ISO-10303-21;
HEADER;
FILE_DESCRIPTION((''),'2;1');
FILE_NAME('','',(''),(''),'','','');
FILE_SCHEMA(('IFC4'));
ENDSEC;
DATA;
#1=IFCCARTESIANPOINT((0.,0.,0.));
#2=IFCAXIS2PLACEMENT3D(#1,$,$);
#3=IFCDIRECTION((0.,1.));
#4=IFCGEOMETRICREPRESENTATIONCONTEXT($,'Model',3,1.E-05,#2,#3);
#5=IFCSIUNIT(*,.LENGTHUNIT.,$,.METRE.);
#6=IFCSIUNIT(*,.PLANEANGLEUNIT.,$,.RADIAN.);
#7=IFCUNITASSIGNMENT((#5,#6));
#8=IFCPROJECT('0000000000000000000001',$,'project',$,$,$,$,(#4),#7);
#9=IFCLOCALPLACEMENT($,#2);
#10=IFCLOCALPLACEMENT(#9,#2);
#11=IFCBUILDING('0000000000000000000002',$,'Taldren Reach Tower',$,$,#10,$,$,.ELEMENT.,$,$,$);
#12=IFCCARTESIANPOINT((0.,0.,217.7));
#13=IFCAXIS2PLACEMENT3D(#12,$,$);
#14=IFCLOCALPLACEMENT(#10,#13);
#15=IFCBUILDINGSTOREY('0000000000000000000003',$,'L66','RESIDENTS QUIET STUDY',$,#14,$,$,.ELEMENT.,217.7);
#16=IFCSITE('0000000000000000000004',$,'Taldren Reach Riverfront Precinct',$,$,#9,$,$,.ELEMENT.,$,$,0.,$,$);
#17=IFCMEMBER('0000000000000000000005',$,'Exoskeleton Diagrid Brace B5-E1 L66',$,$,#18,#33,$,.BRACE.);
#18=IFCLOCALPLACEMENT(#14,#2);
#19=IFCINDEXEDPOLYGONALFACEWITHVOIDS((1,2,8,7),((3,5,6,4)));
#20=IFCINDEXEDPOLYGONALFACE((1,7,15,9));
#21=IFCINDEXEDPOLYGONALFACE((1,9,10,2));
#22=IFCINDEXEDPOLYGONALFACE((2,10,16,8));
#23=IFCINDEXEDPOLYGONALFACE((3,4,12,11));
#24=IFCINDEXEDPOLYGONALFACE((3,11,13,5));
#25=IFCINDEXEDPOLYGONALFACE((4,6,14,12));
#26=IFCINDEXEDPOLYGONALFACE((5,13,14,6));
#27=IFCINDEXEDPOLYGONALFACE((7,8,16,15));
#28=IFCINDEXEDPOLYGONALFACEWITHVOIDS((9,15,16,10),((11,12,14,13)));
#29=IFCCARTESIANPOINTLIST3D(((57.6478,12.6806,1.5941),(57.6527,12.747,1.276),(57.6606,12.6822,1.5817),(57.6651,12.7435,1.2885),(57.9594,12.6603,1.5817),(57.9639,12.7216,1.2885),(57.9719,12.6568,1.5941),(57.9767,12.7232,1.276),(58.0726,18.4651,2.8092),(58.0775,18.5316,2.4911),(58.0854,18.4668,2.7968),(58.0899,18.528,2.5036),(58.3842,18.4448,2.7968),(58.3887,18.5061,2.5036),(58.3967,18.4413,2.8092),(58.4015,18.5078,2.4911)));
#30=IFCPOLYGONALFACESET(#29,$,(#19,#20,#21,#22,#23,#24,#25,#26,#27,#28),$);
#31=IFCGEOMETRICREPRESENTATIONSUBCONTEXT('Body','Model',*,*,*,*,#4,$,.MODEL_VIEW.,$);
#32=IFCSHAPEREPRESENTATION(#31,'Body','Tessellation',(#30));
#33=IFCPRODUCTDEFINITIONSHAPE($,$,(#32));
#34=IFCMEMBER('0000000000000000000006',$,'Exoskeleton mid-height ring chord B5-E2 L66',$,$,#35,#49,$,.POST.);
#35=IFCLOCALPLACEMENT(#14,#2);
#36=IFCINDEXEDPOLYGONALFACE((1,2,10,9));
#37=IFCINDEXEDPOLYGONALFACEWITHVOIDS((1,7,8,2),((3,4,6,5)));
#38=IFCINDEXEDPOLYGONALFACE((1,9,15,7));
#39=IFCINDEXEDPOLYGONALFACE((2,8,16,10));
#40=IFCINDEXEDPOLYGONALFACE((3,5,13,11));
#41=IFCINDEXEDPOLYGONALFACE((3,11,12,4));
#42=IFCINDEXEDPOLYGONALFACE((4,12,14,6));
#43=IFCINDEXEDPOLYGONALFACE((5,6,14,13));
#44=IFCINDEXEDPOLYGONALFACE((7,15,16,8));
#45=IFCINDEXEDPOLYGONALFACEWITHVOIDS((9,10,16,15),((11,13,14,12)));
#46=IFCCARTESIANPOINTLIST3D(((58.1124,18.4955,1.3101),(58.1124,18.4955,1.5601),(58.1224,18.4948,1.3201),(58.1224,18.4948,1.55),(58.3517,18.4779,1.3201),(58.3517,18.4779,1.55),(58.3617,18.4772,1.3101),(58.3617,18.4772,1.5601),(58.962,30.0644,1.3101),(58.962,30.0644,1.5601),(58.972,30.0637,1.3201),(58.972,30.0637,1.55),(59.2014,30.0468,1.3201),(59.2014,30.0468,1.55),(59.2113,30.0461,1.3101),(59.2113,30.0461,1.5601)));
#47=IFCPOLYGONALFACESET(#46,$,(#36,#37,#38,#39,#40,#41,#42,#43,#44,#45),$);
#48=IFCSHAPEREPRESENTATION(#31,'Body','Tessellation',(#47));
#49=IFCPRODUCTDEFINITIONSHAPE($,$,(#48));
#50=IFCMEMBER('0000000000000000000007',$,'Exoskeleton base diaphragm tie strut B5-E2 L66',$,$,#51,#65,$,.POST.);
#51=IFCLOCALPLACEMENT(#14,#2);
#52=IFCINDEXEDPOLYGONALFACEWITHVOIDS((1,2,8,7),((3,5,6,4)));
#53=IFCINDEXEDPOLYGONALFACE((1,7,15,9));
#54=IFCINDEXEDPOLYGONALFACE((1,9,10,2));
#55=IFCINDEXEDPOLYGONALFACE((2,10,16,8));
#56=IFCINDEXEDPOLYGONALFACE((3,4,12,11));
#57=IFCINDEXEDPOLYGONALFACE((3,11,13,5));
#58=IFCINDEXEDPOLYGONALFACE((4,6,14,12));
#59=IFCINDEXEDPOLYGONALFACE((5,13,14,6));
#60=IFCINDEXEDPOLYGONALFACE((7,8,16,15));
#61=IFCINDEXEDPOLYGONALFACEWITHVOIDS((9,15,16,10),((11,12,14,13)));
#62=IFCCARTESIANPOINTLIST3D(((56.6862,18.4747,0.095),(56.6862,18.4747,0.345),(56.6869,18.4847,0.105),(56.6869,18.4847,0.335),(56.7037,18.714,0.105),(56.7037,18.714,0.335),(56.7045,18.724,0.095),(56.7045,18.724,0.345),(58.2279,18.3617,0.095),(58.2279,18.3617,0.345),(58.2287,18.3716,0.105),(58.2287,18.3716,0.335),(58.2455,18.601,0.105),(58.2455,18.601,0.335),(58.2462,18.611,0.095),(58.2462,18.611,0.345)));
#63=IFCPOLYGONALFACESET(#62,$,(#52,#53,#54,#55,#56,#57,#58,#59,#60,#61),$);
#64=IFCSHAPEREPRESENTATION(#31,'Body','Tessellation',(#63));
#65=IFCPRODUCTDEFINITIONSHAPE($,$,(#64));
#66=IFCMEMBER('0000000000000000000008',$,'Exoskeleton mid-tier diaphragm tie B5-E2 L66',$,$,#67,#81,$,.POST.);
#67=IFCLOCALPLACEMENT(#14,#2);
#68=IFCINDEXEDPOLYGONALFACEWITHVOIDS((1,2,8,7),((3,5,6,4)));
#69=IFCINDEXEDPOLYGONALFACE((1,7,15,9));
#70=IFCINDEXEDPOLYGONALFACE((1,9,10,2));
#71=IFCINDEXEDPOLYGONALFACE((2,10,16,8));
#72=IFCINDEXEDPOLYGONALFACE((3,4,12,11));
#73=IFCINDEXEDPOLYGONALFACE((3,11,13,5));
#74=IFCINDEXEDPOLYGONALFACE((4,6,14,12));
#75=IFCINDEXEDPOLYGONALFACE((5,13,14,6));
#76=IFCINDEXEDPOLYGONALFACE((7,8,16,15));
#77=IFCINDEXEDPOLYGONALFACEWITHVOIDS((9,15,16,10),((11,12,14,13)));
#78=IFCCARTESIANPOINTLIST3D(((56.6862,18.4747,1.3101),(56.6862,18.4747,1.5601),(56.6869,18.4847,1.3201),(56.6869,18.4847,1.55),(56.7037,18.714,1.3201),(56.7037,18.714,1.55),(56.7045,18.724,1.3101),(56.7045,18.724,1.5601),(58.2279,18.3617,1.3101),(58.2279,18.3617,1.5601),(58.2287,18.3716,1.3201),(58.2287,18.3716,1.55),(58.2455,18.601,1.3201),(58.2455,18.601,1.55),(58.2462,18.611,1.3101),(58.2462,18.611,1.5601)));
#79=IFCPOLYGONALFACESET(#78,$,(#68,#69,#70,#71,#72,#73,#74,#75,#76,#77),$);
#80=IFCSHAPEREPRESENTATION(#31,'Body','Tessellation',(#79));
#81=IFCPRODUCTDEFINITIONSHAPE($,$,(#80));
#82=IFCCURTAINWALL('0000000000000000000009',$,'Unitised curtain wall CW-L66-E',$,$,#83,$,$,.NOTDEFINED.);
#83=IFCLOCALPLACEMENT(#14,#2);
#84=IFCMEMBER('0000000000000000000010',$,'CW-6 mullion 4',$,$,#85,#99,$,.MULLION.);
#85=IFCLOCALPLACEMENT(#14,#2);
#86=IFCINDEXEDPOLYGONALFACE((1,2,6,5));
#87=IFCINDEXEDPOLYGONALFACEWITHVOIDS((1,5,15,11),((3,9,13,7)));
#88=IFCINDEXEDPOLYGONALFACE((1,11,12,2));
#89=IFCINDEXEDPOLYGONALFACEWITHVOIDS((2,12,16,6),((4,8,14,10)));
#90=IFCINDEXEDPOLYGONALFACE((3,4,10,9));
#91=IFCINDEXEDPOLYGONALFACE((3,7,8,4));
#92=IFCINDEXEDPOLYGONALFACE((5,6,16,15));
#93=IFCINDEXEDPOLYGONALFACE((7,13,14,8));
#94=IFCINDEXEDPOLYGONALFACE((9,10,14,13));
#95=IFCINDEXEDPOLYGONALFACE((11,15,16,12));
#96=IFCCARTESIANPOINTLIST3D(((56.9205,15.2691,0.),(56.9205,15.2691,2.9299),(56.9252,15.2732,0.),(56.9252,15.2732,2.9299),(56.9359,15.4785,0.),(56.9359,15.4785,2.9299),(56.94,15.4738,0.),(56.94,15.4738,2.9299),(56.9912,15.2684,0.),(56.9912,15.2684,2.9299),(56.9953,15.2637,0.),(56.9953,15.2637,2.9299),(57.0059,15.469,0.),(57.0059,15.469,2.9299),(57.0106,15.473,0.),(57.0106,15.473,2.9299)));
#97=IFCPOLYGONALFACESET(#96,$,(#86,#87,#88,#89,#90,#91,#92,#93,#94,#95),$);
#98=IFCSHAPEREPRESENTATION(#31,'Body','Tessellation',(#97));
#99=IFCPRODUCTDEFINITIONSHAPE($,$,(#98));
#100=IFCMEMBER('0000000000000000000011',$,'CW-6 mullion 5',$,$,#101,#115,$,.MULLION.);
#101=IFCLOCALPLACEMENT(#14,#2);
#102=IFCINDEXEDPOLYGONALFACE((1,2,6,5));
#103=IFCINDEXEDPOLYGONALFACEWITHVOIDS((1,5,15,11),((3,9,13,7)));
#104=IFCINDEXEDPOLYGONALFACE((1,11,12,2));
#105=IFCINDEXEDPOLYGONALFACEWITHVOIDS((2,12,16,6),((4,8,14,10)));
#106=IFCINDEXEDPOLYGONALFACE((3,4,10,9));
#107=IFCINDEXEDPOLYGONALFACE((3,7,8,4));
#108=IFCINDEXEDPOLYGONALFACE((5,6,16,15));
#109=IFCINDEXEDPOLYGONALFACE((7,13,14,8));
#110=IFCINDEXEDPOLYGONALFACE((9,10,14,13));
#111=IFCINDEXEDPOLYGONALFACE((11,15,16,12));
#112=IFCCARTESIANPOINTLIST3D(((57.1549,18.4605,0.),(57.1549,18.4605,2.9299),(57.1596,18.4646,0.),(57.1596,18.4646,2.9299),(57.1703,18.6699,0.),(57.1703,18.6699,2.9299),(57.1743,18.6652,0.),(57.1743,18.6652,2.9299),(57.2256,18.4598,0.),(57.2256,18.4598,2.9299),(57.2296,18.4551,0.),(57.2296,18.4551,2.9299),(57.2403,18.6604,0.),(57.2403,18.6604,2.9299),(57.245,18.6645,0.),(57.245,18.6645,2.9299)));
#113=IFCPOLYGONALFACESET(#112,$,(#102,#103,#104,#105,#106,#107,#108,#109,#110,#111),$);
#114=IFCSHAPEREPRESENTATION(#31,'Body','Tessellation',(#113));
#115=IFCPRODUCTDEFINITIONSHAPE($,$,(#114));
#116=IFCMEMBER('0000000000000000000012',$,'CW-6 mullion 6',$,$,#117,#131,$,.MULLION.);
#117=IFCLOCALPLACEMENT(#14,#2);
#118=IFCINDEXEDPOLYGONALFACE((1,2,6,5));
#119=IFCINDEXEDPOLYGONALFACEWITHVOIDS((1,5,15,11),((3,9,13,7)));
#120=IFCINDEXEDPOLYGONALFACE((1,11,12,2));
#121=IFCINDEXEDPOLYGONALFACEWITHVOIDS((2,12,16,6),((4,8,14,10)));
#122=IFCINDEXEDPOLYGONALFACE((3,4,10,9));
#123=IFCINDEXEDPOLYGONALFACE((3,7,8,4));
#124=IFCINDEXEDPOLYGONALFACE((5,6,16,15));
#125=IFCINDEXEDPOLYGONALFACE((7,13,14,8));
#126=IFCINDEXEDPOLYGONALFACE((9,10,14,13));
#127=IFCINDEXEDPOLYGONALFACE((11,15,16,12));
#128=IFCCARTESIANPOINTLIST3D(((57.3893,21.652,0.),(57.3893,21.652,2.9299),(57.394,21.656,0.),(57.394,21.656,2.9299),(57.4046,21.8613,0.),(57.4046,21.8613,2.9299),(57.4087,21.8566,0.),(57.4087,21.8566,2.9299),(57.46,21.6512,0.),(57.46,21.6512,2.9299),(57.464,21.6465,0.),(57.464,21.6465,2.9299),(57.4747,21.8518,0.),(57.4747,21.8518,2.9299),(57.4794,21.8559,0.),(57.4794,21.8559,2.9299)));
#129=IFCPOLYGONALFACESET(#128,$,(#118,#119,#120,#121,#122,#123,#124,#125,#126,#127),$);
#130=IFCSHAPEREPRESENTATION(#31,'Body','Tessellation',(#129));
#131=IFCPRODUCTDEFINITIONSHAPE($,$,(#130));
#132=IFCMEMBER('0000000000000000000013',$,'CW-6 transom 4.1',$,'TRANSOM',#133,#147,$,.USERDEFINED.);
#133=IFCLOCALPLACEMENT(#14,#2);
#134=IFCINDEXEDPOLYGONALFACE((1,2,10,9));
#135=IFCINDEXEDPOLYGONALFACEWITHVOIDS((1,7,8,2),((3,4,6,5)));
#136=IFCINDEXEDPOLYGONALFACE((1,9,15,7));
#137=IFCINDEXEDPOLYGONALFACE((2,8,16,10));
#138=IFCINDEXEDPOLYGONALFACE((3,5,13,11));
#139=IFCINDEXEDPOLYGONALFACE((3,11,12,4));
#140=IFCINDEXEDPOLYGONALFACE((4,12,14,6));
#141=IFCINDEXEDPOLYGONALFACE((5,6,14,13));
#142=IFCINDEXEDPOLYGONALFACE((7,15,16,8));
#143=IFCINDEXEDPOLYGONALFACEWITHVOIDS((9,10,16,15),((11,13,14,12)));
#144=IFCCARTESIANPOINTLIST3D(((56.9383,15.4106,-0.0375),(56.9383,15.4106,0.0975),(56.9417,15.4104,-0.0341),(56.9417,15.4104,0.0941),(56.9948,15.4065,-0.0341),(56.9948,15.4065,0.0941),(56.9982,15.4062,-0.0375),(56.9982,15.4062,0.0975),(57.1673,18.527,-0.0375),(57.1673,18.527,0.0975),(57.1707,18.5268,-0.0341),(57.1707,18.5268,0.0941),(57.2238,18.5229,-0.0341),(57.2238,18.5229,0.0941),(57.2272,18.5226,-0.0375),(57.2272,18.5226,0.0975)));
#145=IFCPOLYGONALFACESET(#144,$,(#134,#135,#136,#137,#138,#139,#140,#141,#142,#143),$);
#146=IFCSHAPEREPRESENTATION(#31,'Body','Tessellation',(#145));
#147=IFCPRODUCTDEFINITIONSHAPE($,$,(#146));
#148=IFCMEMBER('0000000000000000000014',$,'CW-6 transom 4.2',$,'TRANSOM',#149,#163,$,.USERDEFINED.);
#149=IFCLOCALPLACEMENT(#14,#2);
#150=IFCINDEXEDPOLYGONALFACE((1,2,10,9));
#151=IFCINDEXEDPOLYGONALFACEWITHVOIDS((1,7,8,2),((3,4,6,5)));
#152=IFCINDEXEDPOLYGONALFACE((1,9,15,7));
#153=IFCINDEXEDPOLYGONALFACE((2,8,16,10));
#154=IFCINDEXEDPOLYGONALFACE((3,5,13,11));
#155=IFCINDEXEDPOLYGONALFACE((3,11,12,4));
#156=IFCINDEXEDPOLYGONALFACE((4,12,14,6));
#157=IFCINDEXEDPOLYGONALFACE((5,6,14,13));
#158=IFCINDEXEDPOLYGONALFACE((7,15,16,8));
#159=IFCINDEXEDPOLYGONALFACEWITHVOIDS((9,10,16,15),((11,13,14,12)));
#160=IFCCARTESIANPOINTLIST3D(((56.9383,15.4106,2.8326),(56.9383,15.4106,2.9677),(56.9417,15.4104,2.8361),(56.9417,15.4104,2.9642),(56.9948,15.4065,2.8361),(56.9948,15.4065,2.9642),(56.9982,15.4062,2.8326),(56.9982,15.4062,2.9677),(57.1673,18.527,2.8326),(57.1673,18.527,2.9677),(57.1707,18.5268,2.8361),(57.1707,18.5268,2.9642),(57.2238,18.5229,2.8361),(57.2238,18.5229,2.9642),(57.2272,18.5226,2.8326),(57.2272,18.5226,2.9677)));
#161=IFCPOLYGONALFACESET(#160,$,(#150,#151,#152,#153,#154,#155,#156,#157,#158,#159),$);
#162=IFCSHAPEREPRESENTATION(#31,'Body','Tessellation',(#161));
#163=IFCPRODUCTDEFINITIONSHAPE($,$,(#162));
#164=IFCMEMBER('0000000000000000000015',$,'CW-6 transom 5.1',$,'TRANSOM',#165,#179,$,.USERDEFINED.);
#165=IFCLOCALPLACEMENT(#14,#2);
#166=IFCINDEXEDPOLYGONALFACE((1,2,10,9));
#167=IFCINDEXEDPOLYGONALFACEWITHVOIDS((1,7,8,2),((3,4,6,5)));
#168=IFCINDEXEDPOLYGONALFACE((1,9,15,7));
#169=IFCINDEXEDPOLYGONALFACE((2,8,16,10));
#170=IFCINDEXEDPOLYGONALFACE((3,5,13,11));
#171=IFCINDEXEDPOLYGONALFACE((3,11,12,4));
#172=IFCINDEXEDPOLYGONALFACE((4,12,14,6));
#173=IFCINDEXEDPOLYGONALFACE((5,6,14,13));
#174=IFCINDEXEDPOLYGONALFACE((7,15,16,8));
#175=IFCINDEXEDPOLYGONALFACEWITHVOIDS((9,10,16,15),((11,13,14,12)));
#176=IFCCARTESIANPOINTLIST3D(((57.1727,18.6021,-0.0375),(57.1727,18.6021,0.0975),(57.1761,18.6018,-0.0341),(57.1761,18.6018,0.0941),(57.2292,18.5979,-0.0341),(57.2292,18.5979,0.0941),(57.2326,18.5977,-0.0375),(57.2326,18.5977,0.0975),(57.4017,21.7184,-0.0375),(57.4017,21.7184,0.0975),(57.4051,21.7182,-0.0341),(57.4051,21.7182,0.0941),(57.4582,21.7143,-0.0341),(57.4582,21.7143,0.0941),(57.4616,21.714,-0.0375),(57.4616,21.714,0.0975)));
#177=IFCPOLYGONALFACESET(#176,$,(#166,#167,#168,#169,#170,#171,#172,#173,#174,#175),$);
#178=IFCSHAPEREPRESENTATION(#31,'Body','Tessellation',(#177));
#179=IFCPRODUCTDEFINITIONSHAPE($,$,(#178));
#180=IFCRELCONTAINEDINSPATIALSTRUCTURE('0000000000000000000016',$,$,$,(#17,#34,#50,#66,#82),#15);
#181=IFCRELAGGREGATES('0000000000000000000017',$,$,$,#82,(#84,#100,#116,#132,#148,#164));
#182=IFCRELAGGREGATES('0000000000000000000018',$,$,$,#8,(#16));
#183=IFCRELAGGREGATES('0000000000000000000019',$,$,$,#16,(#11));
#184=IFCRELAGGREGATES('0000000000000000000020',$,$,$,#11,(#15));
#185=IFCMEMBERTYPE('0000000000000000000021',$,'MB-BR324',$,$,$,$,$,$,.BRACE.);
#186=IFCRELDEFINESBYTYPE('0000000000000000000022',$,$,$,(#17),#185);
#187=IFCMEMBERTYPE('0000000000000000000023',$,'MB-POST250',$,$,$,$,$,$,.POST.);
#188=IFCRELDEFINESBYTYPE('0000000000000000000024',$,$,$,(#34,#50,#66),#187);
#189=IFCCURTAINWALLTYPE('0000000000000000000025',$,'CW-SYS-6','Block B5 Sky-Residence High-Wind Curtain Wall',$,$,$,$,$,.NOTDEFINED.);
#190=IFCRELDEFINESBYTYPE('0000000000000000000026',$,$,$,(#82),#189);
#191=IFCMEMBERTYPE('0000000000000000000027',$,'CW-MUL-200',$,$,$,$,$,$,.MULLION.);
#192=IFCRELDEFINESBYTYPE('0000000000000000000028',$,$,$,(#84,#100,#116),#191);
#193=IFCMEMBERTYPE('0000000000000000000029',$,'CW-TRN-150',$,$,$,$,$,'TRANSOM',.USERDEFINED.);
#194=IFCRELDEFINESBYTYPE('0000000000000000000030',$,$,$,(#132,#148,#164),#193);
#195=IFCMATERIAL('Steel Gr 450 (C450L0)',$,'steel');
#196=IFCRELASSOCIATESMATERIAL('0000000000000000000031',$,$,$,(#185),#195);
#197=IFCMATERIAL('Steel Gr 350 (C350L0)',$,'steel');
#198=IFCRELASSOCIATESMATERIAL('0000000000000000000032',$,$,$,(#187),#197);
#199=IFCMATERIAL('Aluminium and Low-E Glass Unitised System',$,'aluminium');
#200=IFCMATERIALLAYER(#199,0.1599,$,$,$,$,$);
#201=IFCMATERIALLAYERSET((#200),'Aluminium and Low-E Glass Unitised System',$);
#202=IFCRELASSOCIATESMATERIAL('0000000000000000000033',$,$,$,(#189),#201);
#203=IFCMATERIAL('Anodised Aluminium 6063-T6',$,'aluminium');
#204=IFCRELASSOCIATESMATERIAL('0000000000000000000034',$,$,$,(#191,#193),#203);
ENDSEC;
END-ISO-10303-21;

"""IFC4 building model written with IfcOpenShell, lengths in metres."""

from ifc_helpers import new_model, si_unit, direction, frame, origin, origin_2d, place, context, subcontext, project, spatial, hollow_rectangle, extrude, source, transform, mapped, material, layer, layer_set, material_profile, profile_set, type_object, element, aggregate, save


model = new_model("IFC4")

# Units and contexts
model_context = context("Model", 3, precision=1e-05, world=origin(), true_north=direction((0.0, 1.0)))
body_context = subcontext(model_context, "Body", "Model", "MODEL_VIEW")
ifc_project = project(units=[si_unit("LENGTHUNIT", "METRE"), si_unit("PLANEANGLEUNIT", "RADIAN")], contexts=[model_context])

# Site, building, storey
site_placement = place(None, origin())
site = spatial("IfcSite", under=ifc_project, at=site_placement, Name="Taldren Reach Riverfront Precinct", CompositionType="ELEMENT", RefElevation=0.0)
building_placement = place(site_placement, origin())
building = spatial("IfcBuilding", under=site, at=building_placement, Name="Taldren Reach Tower", CompositionType="ELEMENT")
storey_placement = place(building_placement, frame((0.0, 0.0, 217.7)))
storey = spatial("IfcBuildingStorey", under=building, at=storey_placement, Name="L66", Description="RESIDENTS QUIET STUDY", CompositionType="ELEMENT", Elevation=217.7)

# Shared definitions
ifc_material_1 = material(Name="Steel Gr 450 (C450L0)", Category="steel")

# Members
ifc_material_profile_1 = material_profile(ifc_material_1, hollow_rectangle(XDim=0.325, YDim=0.325, WallThickness=0.0127, at=origin_2d()), Name="325x325x12.7SHS")
ifc_profile_set_1 = profile_set([ifc_material_profile_1], Name="Steel Gr 450 (C450L0)")
member_type_1 = type_object("IfcMemberType", Name="MB-BR324", PredefinedType="BRACE", material=ifc_profile_set_1)
shared_shape_1 = source(origin(), body_context, "Body", "SweptSolid", [
    extrude(hollow_rectangle(XDim=0.325, YDim=0.325, WallThickness=0.0127, at=origin_2d()), origin(), (0.0, 0.0, 1.0), 5.926),
])
member_1_placement = place(storey_placement, frame((57.8123, 12.7019, 1.4351), z_axis=(0.071686, 0.976123, 0.205046), x_axis=(-0.997314, 0.073242, 0.0)))
element("IfcMember", 1, at=member_1_placement, inside=storey, type_object=member_type_1, Name="Exoskeleton Diagrid Brace B5-E1 L66", PredefinedType="BRACE", context=body_context, shape_type="MappedRepresentation", body=[
    mapped(shared_shape_1, transform((0.0, 0.0, 0.0), scale=1.0)),
])
ifc_material_2 = material(Name="Steel Gr 350 (C350L0)", Category="steel")
ifc_material_profile_2 = material_profile(ifc_material_2, hollow_rectangle(XDim=0.25, YDim=0.25, WallThickness=0.01, at=origin_2d()), Name="250x250x10.0SHS")
ifc_profile_set_2 = profile_set([ifc_material_profile_2], Name="Steel Gr 350 (C350L0)")
member_type_2 = type_object("IfcMemberType", Name="MB-POST250", PredefinedType="POST", material=ifc_profile_set_2)
shared_shape_2 = source(origin(), body_context, "Body", "SweptSolid", [
    extrude(hollow_rectangle(XDim=0.25, YDim=0.25, WallThickness=0.01, at=origin_2d()), origin(), (0.0, 0.0, 1.0), 11.6001),
])
member_2_placement = place(storey_placement, frame((58.2371, 18.4863, 1.4351), z_axis=(0.073242, 0.997314, 0.0), x_axis=(-0.997314, 0.073242, 0.0)))
element("IfcMember", 2, at=member_2_placement, inside=storey, type_object=member_type_2, Name="Exoskeleton mid-height ring chord B5-E2 L66", PredefinedType="POST", context=body_context, shape_type="MappedRepresentation", body=[
    mapped(shared_shape_2, transform((0.0, 0.0, 0.0), scale=1.0)),
])
shared_shape_3 = source(origin(), body_context, "Body", "SweptSolid", [
    extrude(hollow_rectangle(XDim=0.25, YDim=0.25, WallThickness=0.01, at=origin_2d()), origin(), (0.0, 0.0, 1.0), 1.5459),
])
for number, where, z_axis, x_axis, name in (
    (3, (56.6953, 18.5994, 0.22), (0.997323, -0.073121, 0.0), (0.073121, 0.997323, 0.0), "Exoskeleton base diaphragm tie strut B5-E2 L66"),
    (4, (56.6953, 18.5994, 1.4351), (0.997323, -0.073121, 0.0), (0.073121, 0.997323, 0.0), "Exoskeleton mid-tier diaphragm tie B5-E2 L66"),
):
    element("IfcMember", number, at=place(storey_placement, frame(where, z_axis=z_axis, x_axis=x_axis)), inside=storey, type_object=member_type_2, Name=name, PredefinedType="POST", context=body_context, shape_type="MappedRepresentation", body=[
        mapped(shared_shape_3, transform((0.0, 0.0, 0.0), scale=1.0)),
    ])

# Curtain wall, members
ifc_material_3 = material(Name="Aluminium and Low-E Glass Unitised System", Category="aluminium")
ifc_layer_1 = layer(ifc_material_3, 0.1599)
ifc_layer_set_1 = layer_set([ifc_layer_1], Name="Aluminium and Low-E Glass Unitised System")
curtain_wall_type = type_object("IfcCurtainWallType", Name="CW-SYS-6", Description="Block B5 Sky-Residence High-Wind Curtain Wall", PredefinedType="NOTDEFINED", material=ifc_layer_set_1)
curtain_wall_placement = place(storey_placement, origin())
curtain_wall = element("IfcCurtainWall", 5, at=curtain_wall_placement, inside=storey, type_object=curtain_wall_type, Name="Unitised curtain wall CW-L66-E", PredefinedType="NOTDEFINED")
ifc_material_4 = material(Name="Anodised Aluminium 6063-T6", Category="aluminium")
ifc_material_profile_3 = material_profile(ifc_material_4, hollow_rectangle(XDim=0.075, YDim=0.21, WallThickness=0.0044, at=origin_2d()), Name="ALU-210x75x4.5RHS")
ifc_profile_set_3 = profile_set([ifc_material_profile_3], Name="Anodised Aluminium 6063-T6")
member_type_3 = type_object("IfcMemberType", Name="CW-MUL-200", PredefinedType="MULLION", material=ifc_profile_set_3)
shared_shape_4 = source(origin(), body_context, "Body", "SweptSolid", [
    extrude(hollow_rectangle(XDim=0.075, YDim=0.21, WallThickness=0.0044, at=origin_2d()), origin(), (0.0, 0.0, 1.0), 2.9299),
])
member_3_placement = place(storey_placement, frame((56.9656, 15.3711, 0.0), z_axis=(0.0, 0.0, 1.0), x_axis=(-0.997314, 0.073238, 0.0)))
member_3 = element("IfcMember", 6, at=member_3_placement, type_object=member_type_3, Name="CW-6 mullion 4", PredefinedType="MULLION", context=body_context, shape_type="MappedRepresentation", body=[
    mapped(shared_shape_4, transform((0.0, 0.0, 0.0), scale=1.0)),
])
member_4_placement = place(storey_placement, frame((57.2, 18.5625, 0.0), z_axis=(0.0, 0.0, 1.0), x_axis=(-0.997314, 0.073238, 0.0)))
member_4 = element("IfcMember", 7, at=member_4_placement, type_object=member_type_3, Name="CW-6 mullion 5", PredefinedType="MULLION", context=body_context, shape_type="MappedRepresentation", body=[
    mapped(shared_shape_4, transform((0.0, 0.0, 0.0), scale=1.0)),
])
member_5_placement = place(storey_placement, frame((57.4343, 21.7539, 0.0), z_axis=(0.0, 0.0, 1.0), x_axis=(-0.997314, 0.073238, 0.0)))
member_5 = element("IfcMember", 8, at=member_5_placement, type_object=member_type_3, Name="CW-6 mullion 6", PredefinedType="MULLION", context=body_context, shape_type="MappedRepresentation", body=[
    mapped(shared_shape_4, transform((0.0, 0.0, 0.0), scale=1.0)),
])
ifc_material_profile_4 = material_profile(ifc_material_4, hollow_rectangle(XDim=0.0601, YDim=0.135, WallThickness=0.0034, at=origin_2d()), Name="ALU-135x60x3.5RHS")
ifc_profile_set_4 = profile_set([ifc_material_profile_4], Name="Anodised Aluminium 6063-T6")
member_type_4 = type_object("IfcMemberType", Name="CW-TRN-150", ElementType="TRANSOM", PredefinedType="USERDEFINED", material=ifc_profile_set_4)
shared_shape_5 = source(origin(), body_context, "Body", "SweptSolid", [
    extrude(hollow_rectangle(XDim=0.0601, YDim=0.135, WallThickness=0.0034, at=origin_2d()), origin(), (0.0, 0.0, 1.0), 3.1248),
])
member_6_placement = place(storey_placement, frame((56.9683, 15.4084, 0.03), z_axis=(0.073285, 0.997311, 0.0), x_axis=(-0.997311, 0.073285, 0.0)))
member_6 = element("IfcMember", 9, at=member_6_placement, type_object=member_type_4, Name="CW-6 transom 4.1", ObjectType="TRANSOM", PredefinedType="USERDEFINED", context=body_context, shape_type="MappedRepresentation", body=[
    mapped(shared_shape_5, transform((0.0, 0.0, 0.0), scale=1.0)),
])
member_7_placement = place(storey_placement, frame((56.9683, 15.4084, 2.9001), z_axis=(0.073285, 0.997311, 0.0), x_axis=(-0.997311, 0.073285, 0.0)))
member_7 = element("IfcMember", 10, at=member_7_placement, type_object=member_type_4, Name="CW-6 transom 4.2", ObjectType="TRANSOM", PredefinedType="USERDEFINED", context=body_context, shape_type="MappedRepresentation", body=[
    mapped(shared_shape_5, transform((0.0, 0.0, 0.0), scale=1.0)),
])
member_8_placement = place(storey_placement, frame((57.2026, 18.5999, 0.03), z_axis=(0.073285, 0.997311, 0.0), x_axis=(-0.997311, 0.073285, 0.0)))
member_8 = element("IfcMember", 11, at=member_8_placement, type_object=member_type_4, Name="CW-6 transom 5.1", ObjectType="TRANSOM", PredefinedType="USERDEFINED", context=body_context, shape_type="MappedRepresentation", body=[
    mapped(shared_shape_5, transform((0.0, 0.0, 0.0), scale=1.0)),
])

aggregate(curtain_wall, [member_3, member_4, member_5, member_6, member_7, member_8])

save(model, "model.ifc")
